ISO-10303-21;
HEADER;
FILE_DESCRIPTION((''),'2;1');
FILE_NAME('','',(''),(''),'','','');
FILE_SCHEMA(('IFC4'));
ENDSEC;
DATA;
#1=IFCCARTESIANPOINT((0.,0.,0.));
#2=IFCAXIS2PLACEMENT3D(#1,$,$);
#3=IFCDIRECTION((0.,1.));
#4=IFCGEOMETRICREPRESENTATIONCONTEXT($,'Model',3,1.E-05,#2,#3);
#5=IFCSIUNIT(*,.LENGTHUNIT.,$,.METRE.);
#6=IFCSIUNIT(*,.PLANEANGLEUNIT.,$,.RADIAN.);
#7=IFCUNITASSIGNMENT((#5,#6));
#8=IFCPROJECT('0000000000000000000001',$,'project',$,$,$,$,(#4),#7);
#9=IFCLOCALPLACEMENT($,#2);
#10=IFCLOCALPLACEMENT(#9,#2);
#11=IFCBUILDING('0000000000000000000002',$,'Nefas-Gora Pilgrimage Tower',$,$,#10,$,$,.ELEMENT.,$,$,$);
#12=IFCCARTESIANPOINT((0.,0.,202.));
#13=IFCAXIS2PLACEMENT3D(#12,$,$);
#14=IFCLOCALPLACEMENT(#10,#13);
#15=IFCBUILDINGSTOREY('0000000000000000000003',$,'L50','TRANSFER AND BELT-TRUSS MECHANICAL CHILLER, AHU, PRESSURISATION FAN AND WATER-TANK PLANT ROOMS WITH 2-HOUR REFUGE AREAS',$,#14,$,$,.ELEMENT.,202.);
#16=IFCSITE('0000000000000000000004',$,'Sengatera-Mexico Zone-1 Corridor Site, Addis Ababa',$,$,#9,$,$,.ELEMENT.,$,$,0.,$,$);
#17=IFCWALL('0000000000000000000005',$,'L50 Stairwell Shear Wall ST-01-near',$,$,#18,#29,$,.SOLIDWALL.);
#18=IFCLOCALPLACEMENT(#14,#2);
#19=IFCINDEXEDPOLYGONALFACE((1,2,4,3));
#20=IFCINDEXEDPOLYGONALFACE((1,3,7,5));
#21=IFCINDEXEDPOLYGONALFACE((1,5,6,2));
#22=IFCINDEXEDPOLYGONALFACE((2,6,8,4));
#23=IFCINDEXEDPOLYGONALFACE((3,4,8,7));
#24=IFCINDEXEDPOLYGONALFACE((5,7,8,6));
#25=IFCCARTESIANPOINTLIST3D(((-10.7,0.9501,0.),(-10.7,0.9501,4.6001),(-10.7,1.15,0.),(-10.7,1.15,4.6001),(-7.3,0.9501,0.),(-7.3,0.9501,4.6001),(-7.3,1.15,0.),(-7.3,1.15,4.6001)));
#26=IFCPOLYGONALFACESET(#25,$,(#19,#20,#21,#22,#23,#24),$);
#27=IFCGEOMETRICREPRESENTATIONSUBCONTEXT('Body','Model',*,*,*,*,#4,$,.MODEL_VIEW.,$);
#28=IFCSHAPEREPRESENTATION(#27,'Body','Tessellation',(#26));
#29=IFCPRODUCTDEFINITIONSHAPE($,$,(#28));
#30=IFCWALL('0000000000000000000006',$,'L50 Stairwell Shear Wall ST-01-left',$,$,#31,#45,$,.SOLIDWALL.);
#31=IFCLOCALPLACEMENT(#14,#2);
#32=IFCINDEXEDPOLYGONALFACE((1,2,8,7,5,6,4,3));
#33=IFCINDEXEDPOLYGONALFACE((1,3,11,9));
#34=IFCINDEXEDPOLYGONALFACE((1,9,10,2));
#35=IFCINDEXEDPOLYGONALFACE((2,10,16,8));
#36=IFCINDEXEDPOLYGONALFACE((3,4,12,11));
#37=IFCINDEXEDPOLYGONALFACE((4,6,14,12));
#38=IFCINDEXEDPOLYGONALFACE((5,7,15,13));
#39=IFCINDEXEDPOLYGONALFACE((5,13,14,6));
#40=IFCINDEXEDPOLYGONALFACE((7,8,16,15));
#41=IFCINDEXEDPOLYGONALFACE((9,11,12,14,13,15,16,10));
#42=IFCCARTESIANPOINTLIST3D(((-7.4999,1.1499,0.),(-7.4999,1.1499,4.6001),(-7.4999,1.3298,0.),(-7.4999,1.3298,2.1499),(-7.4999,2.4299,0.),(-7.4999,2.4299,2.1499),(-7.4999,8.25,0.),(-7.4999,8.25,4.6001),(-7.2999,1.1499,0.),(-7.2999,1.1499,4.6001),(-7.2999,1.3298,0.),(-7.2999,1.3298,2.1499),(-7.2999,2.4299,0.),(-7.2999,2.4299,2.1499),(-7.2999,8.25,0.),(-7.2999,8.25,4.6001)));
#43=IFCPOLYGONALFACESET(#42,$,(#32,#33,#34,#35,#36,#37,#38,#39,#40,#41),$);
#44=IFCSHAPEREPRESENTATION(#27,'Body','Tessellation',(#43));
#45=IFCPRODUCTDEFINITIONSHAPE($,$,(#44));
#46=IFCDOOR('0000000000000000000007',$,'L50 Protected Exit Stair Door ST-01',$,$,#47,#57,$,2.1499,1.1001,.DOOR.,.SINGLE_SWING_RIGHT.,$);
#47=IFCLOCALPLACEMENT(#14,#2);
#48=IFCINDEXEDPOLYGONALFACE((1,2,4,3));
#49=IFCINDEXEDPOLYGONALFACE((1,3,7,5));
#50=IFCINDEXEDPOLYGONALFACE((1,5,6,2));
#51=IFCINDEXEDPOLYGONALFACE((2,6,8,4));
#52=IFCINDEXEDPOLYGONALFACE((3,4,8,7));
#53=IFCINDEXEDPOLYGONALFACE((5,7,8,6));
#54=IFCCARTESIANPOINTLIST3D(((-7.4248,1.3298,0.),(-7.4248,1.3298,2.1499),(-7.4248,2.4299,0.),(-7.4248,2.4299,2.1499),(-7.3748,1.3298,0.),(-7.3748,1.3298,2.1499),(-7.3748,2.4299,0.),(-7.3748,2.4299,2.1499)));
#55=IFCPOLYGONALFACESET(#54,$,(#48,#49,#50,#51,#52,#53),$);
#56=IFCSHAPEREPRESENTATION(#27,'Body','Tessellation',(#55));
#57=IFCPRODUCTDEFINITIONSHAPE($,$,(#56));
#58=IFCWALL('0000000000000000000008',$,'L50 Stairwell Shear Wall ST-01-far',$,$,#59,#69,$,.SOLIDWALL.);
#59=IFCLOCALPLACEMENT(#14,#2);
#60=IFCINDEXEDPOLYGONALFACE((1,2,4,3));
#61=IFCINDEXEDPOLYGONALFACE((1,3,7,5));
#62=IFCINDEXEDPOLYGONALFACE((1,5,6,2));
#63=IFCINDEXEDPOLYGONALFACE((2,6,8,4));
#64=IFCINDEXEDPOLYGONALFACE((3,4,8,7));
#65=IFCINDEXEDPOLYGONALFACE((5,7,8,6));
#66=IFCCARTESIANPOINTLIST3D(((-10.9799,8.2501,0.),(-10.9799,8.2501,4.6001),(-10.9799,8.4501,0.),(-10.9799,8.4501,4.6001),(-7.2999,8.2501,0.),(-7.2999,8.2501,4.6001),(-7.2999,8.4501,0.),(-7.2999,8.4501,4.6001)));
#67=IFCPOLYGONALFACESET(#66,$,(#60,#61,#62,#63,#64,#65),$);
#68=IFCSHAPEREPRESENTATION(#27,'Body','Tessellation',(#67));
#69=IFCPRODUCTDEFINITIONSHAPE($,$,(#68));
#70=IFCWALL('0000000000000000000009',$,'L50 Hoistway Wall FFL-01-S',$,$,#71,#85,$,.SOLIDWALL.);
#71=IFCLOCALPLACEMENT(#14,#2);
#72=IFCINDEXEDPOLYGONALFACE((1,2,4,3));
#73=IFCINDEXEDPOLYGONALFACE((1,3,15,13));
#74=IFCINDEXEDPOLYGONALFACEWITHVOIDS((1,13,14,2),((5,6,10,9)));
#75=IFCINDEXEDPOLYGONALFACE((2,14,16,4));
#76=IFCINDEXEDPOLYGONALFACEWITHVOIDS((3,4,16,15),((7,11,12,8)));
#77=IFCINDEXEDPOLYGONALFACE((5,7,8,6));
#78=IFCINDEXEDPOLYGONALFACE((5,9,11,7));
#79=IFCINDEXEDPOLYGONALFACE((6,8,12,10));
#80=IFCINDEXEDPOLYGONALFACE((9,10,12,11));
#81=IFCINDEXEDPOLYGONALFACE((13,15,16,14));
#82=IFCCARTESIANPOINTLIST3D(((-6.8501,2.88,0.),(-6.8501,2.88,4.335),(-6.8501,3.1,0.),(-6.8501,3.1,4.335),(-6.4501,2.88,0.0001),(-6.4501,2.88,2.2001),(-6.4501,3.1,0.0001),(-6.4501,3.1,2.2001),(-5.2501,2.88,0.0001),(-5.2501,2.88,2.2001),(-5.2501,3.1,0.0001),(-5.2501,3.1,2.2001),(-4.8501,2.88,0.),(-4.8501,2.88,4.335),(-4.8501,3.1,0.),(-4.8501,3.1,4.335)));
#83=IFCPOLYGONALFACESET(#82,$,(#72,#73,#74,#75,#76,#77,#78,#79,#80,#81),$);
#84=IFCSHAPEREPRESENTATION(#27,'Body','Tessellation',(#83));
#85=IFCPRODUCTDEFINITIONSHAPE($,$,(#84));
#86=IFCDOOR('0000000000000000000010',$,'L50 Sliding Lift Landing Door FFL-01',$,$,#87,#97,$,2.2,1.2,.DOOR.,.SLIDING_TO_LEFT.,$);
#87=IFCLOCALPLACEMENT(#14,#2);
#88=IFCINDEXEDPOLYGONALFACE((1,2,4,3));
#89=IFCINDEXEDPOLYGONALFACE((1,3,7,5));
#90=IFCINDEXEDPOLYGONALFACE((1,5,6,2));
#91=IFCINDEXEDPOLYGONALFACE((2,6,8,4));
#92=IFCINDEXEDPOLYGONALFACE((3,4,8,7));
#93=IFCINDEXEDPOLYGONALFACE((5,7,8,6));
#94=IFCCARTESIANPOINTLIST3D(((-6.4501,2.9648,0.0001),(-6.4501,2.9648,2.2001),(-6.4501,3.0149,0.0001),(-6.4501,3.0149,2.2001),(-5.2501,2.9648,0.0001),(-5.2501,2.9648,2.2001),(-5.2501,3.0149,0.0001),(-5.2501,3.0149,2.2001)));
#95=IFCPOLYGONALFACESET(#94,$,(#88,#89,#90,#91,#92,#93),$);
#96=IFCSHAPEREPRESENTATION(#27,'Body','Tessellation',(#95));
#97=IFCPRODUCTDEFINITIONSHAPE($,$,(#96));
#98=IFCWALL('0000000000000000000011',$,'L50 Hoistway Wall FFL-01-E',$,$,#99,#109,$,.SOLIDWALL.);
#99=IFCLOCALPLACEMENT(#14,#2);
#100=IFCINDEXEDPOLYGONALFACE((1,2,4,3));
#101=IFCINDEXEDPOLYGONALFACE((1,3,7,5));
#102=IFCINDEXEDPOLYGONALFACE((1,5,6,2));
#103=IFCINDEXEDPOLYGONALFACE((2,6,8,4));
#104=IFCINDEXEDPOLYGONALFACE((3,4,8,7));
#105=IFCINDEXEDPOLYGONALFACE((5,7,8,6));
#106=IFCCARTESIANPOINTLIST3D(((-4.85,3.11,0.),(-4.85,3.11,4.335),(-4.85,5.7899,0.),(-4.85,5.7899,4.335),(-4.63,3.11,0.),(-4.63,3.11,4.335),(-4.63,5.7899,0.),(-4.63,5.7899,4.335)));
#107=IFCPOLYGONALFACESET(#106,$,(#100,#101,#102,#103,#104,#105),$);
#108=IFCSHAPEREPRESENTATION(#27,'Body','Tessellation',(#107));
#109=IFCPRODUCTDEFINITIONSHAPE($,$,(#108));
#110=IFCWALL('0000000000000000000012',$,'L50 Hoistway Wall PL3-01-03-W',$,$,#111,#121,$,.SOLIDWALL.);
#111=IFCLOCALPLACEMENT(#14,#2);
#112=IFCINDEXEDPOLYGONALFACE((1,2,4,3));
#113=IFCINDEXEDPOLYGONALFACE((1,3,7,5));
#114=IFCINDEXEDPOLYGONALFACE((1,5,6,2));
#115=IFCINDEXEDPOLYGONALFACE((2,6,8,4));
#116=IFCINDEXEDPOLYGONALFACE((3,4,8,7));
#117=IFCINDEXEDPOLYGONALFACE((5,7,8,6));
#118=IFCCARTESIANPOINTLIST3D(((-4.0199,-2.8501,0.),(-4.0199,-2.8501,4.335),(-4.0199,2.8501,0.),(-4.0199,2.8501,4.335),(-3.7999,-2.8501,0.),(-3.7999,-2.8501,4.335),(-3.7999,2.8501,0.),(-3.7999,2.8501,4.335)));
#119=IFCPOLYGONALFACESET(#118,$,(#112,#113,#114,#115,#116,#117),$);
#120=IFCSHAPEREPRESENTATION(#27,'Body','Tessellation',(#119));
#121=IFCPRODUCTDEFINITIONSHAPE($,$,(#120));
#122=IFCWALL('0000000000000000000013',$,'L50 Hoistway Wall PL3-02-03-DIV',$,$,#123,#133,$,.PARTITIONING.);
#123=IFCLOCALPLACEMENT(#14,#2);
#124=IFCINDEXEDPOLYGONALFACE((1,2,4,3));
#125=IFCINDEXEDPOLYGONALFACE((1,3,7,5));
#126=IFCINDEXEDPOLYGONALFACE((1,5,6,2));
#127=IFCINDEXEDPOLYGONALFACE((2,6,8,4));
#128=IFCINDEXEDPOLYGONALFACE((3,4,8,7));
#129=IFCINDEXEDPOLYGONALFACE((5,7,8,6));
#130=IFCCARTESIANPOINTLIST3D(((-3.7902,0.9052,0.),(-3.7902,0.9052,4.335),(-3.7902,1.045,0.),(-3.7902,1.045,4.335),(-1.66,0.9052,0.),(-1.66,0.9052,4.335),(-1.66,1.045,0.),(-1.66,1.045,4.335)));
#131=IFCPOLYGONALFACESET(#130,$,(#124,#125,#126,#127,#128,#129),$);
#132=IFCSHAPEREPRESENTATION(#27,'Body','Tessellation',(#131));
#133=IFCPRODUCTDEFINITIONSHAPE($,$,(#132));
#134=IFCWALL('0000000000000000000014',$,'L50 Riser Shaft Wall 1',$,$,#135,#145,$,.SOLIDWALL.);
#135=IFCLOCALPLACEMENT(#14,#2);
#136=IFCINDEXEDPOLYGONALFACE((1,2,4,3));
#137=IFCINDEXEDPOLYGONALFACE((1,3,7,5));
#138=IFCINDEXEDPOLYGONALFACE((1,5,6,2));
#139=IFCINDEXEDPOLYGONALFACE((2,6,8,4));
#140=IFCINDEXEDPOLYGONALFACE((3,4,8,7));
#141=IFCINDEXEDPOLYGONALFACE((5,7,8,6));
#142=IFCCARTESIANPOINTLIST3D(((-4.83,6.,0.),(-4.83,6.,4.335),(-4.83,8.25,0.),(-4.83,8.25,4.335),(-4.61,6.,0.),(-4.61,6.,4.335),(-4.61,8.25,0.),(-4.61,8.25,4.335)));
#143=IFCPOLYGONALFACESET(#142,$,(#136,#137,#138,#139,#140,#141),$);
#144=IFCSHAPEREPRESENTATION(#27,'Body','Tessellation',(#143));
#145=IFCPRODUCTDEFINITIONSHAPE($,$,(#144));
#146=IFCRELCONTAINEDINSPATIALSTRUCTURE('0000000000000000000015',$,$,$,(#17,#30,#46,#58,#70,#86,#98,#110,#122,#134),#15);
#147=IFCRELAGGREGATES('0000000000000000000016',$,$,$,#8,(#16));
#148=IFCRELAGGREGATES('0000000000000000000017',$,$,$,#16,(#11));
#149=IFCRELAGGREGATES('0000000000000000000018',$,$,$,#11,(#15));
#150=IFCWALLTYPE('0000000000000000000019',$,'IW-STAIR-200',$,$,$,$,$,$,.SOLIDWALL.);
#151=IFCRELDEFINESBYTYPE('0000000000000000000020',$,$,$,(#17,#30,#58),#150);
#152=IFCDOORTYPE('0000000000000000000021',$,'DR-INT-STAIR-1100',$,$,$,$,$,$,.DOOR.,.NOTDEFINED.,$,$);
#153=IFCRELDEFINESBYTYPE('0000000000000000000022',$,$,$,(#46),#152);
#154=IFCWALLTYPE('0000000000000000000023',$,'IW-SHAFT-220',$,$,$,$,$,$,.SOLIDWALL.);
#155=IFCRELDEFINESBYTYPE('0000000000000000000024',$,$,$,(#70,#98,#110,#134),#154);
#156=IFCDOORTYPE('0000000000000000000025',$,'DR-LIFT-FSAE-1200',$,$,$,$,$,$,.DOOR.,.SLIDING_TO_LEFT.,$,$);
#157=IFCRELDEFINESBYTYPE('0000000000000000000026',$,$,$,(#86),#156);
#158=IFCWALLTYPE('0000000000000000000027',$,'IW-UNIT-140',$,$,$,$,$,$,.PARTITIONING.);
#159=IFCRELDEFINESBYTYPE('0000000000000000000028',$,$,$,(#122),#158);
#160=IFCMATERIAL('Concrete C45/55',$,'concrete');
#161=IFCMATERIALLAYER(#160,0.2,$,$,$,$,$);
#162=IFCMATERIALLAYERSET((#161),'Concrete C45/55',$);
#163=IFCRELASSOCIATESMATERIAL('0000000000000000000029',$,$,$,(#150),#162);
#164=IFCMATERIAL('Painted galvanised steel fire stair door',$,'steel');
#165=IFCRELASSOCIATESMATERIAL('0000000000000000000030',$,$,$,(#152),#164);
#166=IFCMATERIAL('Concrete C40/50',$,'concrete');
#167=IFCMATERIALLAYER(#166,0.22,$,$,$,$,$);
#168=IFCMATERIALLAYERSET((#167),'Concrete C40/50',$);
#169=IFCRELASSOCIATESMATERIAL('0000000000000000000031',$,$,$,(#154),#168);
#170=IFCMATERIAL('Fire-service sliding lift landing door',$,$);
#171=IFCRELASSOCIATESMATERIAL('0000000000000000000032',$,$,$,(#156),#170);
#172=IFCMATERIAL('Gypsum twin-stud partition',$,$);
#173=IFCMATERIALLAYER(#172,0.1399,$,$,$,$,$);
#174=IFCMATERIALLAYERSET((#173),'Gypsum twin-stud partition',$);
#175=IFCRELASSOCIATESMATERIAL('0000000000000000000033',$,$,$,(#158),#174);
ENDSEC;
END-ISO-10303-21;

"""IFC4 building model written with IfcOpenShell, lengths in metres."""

from ifc_helpers import new_model, si_unit, direction, frame, frame_2d, origin, place, context, subcontext, project, spatial, rectangle, extrude, source, transform, mapped, material, layer, layer_set, type_object, element, fill, save


model = new_model("IFC4")

# Units and contexts
model_context = context("Model", 3, precision=1e-05, world=origin(), true_north=direction((0.0, 1.0)))
body_context = subcontext(model_context, "Body", "Model", "MODEL_VIEW")
ifc_project = project(units=[si_unit("LENGTHUNIT", "METRE"), si_unit("PLANEANGLEUNIT", "RADIAN")], contexts=[model_context])

# Site, building, storey
site_placement = place(None, origin())
site = spatial("IfcSite", under=ifc_project, at=site_placement, Name="Sengatera-Mexico Zone-1 Corridor Site, Addis Ababa", CompositionType="ELEMENT", RefElevation=0.0)
building_placement = place(site_placement, origin())
building = spatial("IfcBuilding", under=site, at=building_placement, Name="Nefas-Gora Pilgrimage Tower", CompositionType="ELEMENT")
storey_placement = place(building_placement, frame((0.0, 0.0, 202.0)))
storey = spatial("IfcBuildingStorey", under=building, at=storey_placement, Name="L50", Description="TRANSFER AND BELT-TRUSS MECHANICAL CHILLER, AHU, PRESSURISATION FAN AND WATER-TANK PLANT ROOMS WITH 2-HOUR REFUGE AREAS", CompositionType="ELEMENT", Elevation=202.0)

# Wall
ifc_material_1 = material(Name="Concrete C45/55", Category="concrete")
ifc_layer_1 = layer(ifc_material_1, 0.2)
ifc_layer_set_1 = layer_set([ifc_layer_1], Name="Concrete C45/55")
wall_type_1 = type_object("IfcWallType", Name="IW-STAIR-200", PredefinedType="SOLIDWALL", material=ifc_layer_set_1)
shared_shape_1 = source(origin(), body_context, "Body", "SweptSolid", [
    extrude(rectangle(XDim=3.3999, YDim=0.2, at=frame_2d((1.7, 0.0))), origin(), (0.0, 0.0, 1.0), 4.6001),
])
wall_1_placement = place(storey_placement, frame((-7.3, 1.05, 0.0), z_axis=(0.0, 0.0, 1.0), x_axis=(-1.0, 0.0, 0.0)))
element("IfcWall", 1, at=wall_1_placement, inside=storey, type_object=wall_type_1, Name="L50 Stairwell Shear Wall ST-01-near", PredefinedType="SOLIDWALL", context=body_context, shape_type="MappedRepresentation", body=[
    mapped(shared_shape_1, transform((0.0, 0.0, 0.0), x_axis=(1.0, 0.0, 0.0), y_axis=(0.0, 1.0, 0.0), z_axis=(0.0, 0.0, 1.0), scale=1.0)),
])

# Wall, opening, door
shared_shape_2 = source(origin(), body_context, "Body", "SweptSolid", [
    extrude(rectangle(XDim=7.1001, YDim=0.2, at=frame_2d((3.55, 0.0))), origin(), (0.0, 0.0, 1.0), 4.6001),
])
wall_2_placement = place(storey_placement, frame((-7.3999, 1.1499, 0.0), z_axis=(0.0, 0.0, 1.0), x_axis=(0.0, 1.0, 0.0)))
wall_2 = element("IfcWall", 2, at=wall_2_placement, inside=storey, type_object=wall_type_1, Name="L50 Stairwell Shear Wall ST-01-left", PredefinedType="SOLIDWALL", context=body_context, shape_type="MappedRepresentation", body=[
    mapped(shared_shape_2, transform((0.0, 0.0, 0.0), x_axis=(1.0, 0.0, 0.0), y_axis=(0.0, 1.0, 0.0), z_axis=(0.0, 0.0, 1.0), scale=1.0)),
])
opening_1_placement = place(wall_2_placement, frame((0.1799, 0.0, 0.0)))
opening_1 = element("IfcOpeningElement", 3, at=opening_1_placement, cuts=wall_2, PredefinedType="OPENING", context=body_context, shape_type="SweptSolid", body=[
    extrude(rectangle(XDim=1.1001, YDim=2.1499, at=frame_2d((0.55, 1.075))), frame((0.0, 0.1099, 0.0), z_axis=(0.0, -1.0, 0.0), x_axis=(1.0, 0.0, 0.0)), (0.0, 0.0, 1.0), 0.22),
])
ifc_material_2 = material(Name="Painted galvanised steel fire stair door", Category="steel")
door_type_1 = type_object("IfcDoorType", Name="DR-INT-STAIR-1100", OperationType="NOTDEFINED", PredefinedType="DOOR", material=ifc_material_2)
shared_shape_3 = source(origin(), body_context, "Body", "SweptSolid", [
    extrude(rectangle(XDim=1.1001, YDim=2.1499, at=frame_2d((0.55, 1.075))), frame((0.0, 0.0249, 0.0), z_axis=(0.0, -1.0, 0.0), x_axis=(1.0, 0.0, 0.0)), (0.0, 0.0, 1.0), 0.05),
])
door_1_placement = place(opening_1_placement, origin())
door_1 = element("IfcDoor", 4, at=door_1_placement, inside=storey, type_object=door_type_1, Name="L50 Protected Exit Stair Door ST-01", OperationType="SINGLE_SWING_RIGHT", OverallHeight=2.1499, OverallWidth=1.1001, PredefinedType="DOOR", context=body_context, shape_type="MappedRepresentation", body=[
    mapped(shared_shape_3, transform((0.0, 0.0, 0.0), x_axis=(1.0, 0.0, 0.0), y_axis=(0.0, 1.0, 0.0), z_axis=(0.0, 0.0, 1.0), scale=1.0)),
])
fill(opening_1, door_1)

# Wall
shared_shape_4 = source(origin(), body_context, "Body", "SweptSolid", [
    extrude(rectangle(XDim=3.6799, YDim=0.2, at=frame_2d((1.8398, 0.0))), origin(), (0.0, 0.0, 1.0), 4.6001),
])
wall_3_placement = place(storey_placement, frame((-7.3, 8.3501, 0.0), z_axis=(0.0, 0.0, 1.0), x_axis=(-1.0, 0.0, 0.0)))
element("IfcWall", 5, at=wall_3_placement, inside=storey, type_object=wall_type_1, Name="L50 Stairwell Shear Wall ST-01-far", PredefinedType="SOLIDWALL", context=body_context, shape_type="MappedRepresentation", body=[
    mapped(shared_shape_4, transform((0.0, 0.0, 0.0), x_axis=(1.0, 0.0, 0.0), y_axis=(0.0, 1.0, 0.0), z_axis=(0.0, 0.0, 1.0), scale=1.0)),
])

# Wall, opening, door
ifc_material_3 = material(Name="Concrete C40/50", Category="concrete")
ifc_layer_2 = layer(ifc_material_3, 0.22)
ifc_layer_set_2 = layer_set([ifc_layer_2], Name="Concrete C40/50")
wall_type_2 = type_object("IfcWallType", Name="IW-SHAFT-220", PredefinedType="SOLIDWALL", material=ifc_layer_set_2)
shared_shape_5 = source(origin(), body_context, "Body", "SweptSolid", [
    extrude(rectangle(XDim=2.0, YDim=0.22, at=frame_2d((1.0, 0.0))), origin(), (0.0, 0.0, 1.0), 4.335),
])
wall_4_placement = place(storey_placement, frame((-6.8501, 2.99, 0.0), z_axis=(0.0, 0.0, 1.0), x_axis=(1.0, 0.0, 0.0)))
wall_4 = element("IfcWall", 6, at=wall_4_placement, inside=storey, type_object=wall_type_2, Name="L50 Hoistway Wall FFL-01-S", PredefinedType="SOLIDWALL", context=body_context, shape_type="MappedRepresentation", body=[
    mapped(shared_shape_5, transform((0.0, 0.0, 0.0), x_axis=(1.0, 0.0, 0.0), y_axis=(0.0, 1.0, 0.0), z_axis=(0.0, 0.0, 1.0), scale=1.0)),
])
opening_2_placement = place(wall_4_placement, frame((0.3999, 0.0, 0.0)))
opening_2 = element("IfcOpeningElement", 7, at=opening_2_placement, cuts=wall_4, PredefinedType="OPENING", context=body_context, shape_type="SweptSolid", body=[
    extrude(rectangle(XDim=1.2, YDim=2.2, at=frame_2d((0.6001, 1.1001))), frame((0.0, 0.1199, 0.0), z_axis=(0.0, -1.0, 0.0), x_axis=(1.0, 0.0, 0.0)), (0.0, 0.0, 1.0), 0.24),
])
ifc_material_4 = material(Name="Fire-service sliding lift landing door")
door_type_2 = type_object("IfcDoorType", Name="DR-LIFT-FSAE-1200", OperationType="SLIDING_TO_LEFT", PredefinedType="DOOR", material=ifc_material_4)
shared_shape_6 = source(origin(), body_context, "Body", "SweptSolid", [
    extrude(rectangle(XDim=1.2, YDim=2.2, at=frame_2d((0.6001, 1.1001))), frame((0.0, 0.0249, 0.0), z_axis=(0.0, -1.0, 0.0), x_axis=(1.0, 0.0, 0.0)), (0.0, 0.0, 1.0), 0.05),
])
door_2_placement = place(opening_2_placement, origin())
door_2 = element("IfcDoor", 8, at=door_2_placement, inside=storey, type_object=door_type_2, Name="L50 Sliding Lift Landing Door FFL-01", OperationType="SLIDING_TO_LEFT", OverallHeight=2.2, OverallWidth=1.2, PredefinedType="DOOR", context=body_context, shape_type="MappedRepresentation", body=[
    mapped(shared_shape_6, transform((0.0, 0.0, 0.0), x_axis=(1.0, 0.0, 0.0), y_axis=(0.0, 1.0, 0.0), z_axis=(0.0, 0.0, 1.0), scale=1.0)),
])
fill(opening_2, door_2)

# Walls
shared_shape_7 = source(origin(), body_context, "Body", "SweptSolid", [
    extrude(rectangle(XDim=2.6799, YDim=0.22, at=frame_2d((1.3398, 0.0))), origin(), (0.0, 0.0, 1.0), 4.335),
])
wall_5_placement = place(storey_placement, frame((-4.74, 3.1101, 0.0), z_axis=(0.0, 0.0, 1.0), x_axis=(0.0, 1.0, 0.0)))
element("IfcWall", 9, at=wall_5_placement, inside=storey, type_object=wall_type_2, Name="L50 Hoistway Wall FFL-01-E", PredefinedType="SOLIDWALL", context=body_context, shape_type="MappedRepresentation", body=[
    mapped(shared_shape_7, transform((0.0, 0.0, 0.0), x_axis=(1.0, 0.0, 0.0), y_axis=(0.0, 1.0, 0.0), z_axis=(0.0, 0.0, 1.0), scale=1.0)),
])
shared_shape_8 = source(origin(), body_context, "Body", "SweptSolid", [
    extrude(rectangle(XDim=5.7002, YDim=0.22, at=frame_2d((2.8501, 0.0))), origin(), (0.0, 0.0, 1.0), 4.335),
])
wall_6_placement = place(storey_placement, frame((-3.9099, 2.8501, 0.0), z_axis=(0.0, 0.0, 1.0), x_axis=(0.0, -1.0, 0.0)))
element("IfcWall", 10, at=wall_6_placement, inside=storey, type_object=wall_type_2, Name="L50 Hoistway Wall PL3-01-03-W", PredefinedType="SOLIDWALL", context=body_context, shape_type="MappedRepresentation", body=[
    mapped(shared_shape_8, transform((0.0, 0.0, 0.0), x_axis=(1.0, 0.0, 0.0), y_axis=(0.0, 1.0, 0.0), z_axis=(0.0, 0.0, 1.0), scale=1.0)),
])
ifc_material_5 = material(Name="Gypsum twin-stud partition")
ifc_layer_3 = layer(ifc_material_5, 0.1399)
ifc_layer_set_3 = layer_set([ifc_layer_3], Name="Gypsum twin-stud partition")
wall_type_3 = type_object("IfcWallType", Name="IW-UNIT-140", PredefinedType="PARTITIONING", material=ifc_layer_set_3)
shared_shape_9 = source(origin(), body_context, "Body", "SweptSolid", [
    extrude(rectangle(XDim=2.1301, YDim=0.1399, at=frame_2d((1.0649, 0.0))), origin(), (0.0, 0.0, 1.0), 4.335),
])
wall_7_placement = place(storey_placement, frame((-3.79, 0.9751, 0.0), z_axis=(0.0, 0.0, 1.0), x_axis=(1.0, 0.0, 0.0)))
element("IfcWall", 11, at=wall_7_placement, inside=storey, type_object=wall_type_3, Name="L50 Hoistway Wall PL3-02-03-DIV", PredefinedType="PARTITIONING", context=body_context, shape_type="MappedRepresentation", body=[
    mapped(shared_shape_9, transform((0.0, 0.0, 0.0), x_axis=(1.0, 0.0, 0.0), y_axis=(0.0, 1.0, 0.0), z_axis=(0.0, 0.0, 1.0), scale=1.0)),
])

# Wall
shared_shape_10 = source(origin(), body_context, "Body", "SweptSolid", [
    extrude(rectangle(XDim=2.25, YDim=0.22, at=frame_2d((1.125, 0.0))), origin(), (0.0, 0.0, 1.0), 4.335),
])
wall_8_placement = place(storey_placement, frame((-4.72, 6.0, 0.0), z_axis=(0.0, 0.0, 1.0), x_axis=(0.0, 1.0, 0.0)))
element("IfcWall", 12, at=wall_8_placement, inside=storey, type_object=wall_type_2, Name="L50 Riser Shaft Wall 1", PredefinedType="SOLIDWALL", context=body_context, shape_type="MappedRepresentation", body=[
    mapped(shared_shape_10, transform((0.0, 0.0, 0.0), x_axis=(1.0, 0.0, 0.0), y_axis=(0.0, 1.0, 0.0), z_axis=(0.0, 0.0, 1.0), scale=1.0)),
])

save(model, "model.ifc")
